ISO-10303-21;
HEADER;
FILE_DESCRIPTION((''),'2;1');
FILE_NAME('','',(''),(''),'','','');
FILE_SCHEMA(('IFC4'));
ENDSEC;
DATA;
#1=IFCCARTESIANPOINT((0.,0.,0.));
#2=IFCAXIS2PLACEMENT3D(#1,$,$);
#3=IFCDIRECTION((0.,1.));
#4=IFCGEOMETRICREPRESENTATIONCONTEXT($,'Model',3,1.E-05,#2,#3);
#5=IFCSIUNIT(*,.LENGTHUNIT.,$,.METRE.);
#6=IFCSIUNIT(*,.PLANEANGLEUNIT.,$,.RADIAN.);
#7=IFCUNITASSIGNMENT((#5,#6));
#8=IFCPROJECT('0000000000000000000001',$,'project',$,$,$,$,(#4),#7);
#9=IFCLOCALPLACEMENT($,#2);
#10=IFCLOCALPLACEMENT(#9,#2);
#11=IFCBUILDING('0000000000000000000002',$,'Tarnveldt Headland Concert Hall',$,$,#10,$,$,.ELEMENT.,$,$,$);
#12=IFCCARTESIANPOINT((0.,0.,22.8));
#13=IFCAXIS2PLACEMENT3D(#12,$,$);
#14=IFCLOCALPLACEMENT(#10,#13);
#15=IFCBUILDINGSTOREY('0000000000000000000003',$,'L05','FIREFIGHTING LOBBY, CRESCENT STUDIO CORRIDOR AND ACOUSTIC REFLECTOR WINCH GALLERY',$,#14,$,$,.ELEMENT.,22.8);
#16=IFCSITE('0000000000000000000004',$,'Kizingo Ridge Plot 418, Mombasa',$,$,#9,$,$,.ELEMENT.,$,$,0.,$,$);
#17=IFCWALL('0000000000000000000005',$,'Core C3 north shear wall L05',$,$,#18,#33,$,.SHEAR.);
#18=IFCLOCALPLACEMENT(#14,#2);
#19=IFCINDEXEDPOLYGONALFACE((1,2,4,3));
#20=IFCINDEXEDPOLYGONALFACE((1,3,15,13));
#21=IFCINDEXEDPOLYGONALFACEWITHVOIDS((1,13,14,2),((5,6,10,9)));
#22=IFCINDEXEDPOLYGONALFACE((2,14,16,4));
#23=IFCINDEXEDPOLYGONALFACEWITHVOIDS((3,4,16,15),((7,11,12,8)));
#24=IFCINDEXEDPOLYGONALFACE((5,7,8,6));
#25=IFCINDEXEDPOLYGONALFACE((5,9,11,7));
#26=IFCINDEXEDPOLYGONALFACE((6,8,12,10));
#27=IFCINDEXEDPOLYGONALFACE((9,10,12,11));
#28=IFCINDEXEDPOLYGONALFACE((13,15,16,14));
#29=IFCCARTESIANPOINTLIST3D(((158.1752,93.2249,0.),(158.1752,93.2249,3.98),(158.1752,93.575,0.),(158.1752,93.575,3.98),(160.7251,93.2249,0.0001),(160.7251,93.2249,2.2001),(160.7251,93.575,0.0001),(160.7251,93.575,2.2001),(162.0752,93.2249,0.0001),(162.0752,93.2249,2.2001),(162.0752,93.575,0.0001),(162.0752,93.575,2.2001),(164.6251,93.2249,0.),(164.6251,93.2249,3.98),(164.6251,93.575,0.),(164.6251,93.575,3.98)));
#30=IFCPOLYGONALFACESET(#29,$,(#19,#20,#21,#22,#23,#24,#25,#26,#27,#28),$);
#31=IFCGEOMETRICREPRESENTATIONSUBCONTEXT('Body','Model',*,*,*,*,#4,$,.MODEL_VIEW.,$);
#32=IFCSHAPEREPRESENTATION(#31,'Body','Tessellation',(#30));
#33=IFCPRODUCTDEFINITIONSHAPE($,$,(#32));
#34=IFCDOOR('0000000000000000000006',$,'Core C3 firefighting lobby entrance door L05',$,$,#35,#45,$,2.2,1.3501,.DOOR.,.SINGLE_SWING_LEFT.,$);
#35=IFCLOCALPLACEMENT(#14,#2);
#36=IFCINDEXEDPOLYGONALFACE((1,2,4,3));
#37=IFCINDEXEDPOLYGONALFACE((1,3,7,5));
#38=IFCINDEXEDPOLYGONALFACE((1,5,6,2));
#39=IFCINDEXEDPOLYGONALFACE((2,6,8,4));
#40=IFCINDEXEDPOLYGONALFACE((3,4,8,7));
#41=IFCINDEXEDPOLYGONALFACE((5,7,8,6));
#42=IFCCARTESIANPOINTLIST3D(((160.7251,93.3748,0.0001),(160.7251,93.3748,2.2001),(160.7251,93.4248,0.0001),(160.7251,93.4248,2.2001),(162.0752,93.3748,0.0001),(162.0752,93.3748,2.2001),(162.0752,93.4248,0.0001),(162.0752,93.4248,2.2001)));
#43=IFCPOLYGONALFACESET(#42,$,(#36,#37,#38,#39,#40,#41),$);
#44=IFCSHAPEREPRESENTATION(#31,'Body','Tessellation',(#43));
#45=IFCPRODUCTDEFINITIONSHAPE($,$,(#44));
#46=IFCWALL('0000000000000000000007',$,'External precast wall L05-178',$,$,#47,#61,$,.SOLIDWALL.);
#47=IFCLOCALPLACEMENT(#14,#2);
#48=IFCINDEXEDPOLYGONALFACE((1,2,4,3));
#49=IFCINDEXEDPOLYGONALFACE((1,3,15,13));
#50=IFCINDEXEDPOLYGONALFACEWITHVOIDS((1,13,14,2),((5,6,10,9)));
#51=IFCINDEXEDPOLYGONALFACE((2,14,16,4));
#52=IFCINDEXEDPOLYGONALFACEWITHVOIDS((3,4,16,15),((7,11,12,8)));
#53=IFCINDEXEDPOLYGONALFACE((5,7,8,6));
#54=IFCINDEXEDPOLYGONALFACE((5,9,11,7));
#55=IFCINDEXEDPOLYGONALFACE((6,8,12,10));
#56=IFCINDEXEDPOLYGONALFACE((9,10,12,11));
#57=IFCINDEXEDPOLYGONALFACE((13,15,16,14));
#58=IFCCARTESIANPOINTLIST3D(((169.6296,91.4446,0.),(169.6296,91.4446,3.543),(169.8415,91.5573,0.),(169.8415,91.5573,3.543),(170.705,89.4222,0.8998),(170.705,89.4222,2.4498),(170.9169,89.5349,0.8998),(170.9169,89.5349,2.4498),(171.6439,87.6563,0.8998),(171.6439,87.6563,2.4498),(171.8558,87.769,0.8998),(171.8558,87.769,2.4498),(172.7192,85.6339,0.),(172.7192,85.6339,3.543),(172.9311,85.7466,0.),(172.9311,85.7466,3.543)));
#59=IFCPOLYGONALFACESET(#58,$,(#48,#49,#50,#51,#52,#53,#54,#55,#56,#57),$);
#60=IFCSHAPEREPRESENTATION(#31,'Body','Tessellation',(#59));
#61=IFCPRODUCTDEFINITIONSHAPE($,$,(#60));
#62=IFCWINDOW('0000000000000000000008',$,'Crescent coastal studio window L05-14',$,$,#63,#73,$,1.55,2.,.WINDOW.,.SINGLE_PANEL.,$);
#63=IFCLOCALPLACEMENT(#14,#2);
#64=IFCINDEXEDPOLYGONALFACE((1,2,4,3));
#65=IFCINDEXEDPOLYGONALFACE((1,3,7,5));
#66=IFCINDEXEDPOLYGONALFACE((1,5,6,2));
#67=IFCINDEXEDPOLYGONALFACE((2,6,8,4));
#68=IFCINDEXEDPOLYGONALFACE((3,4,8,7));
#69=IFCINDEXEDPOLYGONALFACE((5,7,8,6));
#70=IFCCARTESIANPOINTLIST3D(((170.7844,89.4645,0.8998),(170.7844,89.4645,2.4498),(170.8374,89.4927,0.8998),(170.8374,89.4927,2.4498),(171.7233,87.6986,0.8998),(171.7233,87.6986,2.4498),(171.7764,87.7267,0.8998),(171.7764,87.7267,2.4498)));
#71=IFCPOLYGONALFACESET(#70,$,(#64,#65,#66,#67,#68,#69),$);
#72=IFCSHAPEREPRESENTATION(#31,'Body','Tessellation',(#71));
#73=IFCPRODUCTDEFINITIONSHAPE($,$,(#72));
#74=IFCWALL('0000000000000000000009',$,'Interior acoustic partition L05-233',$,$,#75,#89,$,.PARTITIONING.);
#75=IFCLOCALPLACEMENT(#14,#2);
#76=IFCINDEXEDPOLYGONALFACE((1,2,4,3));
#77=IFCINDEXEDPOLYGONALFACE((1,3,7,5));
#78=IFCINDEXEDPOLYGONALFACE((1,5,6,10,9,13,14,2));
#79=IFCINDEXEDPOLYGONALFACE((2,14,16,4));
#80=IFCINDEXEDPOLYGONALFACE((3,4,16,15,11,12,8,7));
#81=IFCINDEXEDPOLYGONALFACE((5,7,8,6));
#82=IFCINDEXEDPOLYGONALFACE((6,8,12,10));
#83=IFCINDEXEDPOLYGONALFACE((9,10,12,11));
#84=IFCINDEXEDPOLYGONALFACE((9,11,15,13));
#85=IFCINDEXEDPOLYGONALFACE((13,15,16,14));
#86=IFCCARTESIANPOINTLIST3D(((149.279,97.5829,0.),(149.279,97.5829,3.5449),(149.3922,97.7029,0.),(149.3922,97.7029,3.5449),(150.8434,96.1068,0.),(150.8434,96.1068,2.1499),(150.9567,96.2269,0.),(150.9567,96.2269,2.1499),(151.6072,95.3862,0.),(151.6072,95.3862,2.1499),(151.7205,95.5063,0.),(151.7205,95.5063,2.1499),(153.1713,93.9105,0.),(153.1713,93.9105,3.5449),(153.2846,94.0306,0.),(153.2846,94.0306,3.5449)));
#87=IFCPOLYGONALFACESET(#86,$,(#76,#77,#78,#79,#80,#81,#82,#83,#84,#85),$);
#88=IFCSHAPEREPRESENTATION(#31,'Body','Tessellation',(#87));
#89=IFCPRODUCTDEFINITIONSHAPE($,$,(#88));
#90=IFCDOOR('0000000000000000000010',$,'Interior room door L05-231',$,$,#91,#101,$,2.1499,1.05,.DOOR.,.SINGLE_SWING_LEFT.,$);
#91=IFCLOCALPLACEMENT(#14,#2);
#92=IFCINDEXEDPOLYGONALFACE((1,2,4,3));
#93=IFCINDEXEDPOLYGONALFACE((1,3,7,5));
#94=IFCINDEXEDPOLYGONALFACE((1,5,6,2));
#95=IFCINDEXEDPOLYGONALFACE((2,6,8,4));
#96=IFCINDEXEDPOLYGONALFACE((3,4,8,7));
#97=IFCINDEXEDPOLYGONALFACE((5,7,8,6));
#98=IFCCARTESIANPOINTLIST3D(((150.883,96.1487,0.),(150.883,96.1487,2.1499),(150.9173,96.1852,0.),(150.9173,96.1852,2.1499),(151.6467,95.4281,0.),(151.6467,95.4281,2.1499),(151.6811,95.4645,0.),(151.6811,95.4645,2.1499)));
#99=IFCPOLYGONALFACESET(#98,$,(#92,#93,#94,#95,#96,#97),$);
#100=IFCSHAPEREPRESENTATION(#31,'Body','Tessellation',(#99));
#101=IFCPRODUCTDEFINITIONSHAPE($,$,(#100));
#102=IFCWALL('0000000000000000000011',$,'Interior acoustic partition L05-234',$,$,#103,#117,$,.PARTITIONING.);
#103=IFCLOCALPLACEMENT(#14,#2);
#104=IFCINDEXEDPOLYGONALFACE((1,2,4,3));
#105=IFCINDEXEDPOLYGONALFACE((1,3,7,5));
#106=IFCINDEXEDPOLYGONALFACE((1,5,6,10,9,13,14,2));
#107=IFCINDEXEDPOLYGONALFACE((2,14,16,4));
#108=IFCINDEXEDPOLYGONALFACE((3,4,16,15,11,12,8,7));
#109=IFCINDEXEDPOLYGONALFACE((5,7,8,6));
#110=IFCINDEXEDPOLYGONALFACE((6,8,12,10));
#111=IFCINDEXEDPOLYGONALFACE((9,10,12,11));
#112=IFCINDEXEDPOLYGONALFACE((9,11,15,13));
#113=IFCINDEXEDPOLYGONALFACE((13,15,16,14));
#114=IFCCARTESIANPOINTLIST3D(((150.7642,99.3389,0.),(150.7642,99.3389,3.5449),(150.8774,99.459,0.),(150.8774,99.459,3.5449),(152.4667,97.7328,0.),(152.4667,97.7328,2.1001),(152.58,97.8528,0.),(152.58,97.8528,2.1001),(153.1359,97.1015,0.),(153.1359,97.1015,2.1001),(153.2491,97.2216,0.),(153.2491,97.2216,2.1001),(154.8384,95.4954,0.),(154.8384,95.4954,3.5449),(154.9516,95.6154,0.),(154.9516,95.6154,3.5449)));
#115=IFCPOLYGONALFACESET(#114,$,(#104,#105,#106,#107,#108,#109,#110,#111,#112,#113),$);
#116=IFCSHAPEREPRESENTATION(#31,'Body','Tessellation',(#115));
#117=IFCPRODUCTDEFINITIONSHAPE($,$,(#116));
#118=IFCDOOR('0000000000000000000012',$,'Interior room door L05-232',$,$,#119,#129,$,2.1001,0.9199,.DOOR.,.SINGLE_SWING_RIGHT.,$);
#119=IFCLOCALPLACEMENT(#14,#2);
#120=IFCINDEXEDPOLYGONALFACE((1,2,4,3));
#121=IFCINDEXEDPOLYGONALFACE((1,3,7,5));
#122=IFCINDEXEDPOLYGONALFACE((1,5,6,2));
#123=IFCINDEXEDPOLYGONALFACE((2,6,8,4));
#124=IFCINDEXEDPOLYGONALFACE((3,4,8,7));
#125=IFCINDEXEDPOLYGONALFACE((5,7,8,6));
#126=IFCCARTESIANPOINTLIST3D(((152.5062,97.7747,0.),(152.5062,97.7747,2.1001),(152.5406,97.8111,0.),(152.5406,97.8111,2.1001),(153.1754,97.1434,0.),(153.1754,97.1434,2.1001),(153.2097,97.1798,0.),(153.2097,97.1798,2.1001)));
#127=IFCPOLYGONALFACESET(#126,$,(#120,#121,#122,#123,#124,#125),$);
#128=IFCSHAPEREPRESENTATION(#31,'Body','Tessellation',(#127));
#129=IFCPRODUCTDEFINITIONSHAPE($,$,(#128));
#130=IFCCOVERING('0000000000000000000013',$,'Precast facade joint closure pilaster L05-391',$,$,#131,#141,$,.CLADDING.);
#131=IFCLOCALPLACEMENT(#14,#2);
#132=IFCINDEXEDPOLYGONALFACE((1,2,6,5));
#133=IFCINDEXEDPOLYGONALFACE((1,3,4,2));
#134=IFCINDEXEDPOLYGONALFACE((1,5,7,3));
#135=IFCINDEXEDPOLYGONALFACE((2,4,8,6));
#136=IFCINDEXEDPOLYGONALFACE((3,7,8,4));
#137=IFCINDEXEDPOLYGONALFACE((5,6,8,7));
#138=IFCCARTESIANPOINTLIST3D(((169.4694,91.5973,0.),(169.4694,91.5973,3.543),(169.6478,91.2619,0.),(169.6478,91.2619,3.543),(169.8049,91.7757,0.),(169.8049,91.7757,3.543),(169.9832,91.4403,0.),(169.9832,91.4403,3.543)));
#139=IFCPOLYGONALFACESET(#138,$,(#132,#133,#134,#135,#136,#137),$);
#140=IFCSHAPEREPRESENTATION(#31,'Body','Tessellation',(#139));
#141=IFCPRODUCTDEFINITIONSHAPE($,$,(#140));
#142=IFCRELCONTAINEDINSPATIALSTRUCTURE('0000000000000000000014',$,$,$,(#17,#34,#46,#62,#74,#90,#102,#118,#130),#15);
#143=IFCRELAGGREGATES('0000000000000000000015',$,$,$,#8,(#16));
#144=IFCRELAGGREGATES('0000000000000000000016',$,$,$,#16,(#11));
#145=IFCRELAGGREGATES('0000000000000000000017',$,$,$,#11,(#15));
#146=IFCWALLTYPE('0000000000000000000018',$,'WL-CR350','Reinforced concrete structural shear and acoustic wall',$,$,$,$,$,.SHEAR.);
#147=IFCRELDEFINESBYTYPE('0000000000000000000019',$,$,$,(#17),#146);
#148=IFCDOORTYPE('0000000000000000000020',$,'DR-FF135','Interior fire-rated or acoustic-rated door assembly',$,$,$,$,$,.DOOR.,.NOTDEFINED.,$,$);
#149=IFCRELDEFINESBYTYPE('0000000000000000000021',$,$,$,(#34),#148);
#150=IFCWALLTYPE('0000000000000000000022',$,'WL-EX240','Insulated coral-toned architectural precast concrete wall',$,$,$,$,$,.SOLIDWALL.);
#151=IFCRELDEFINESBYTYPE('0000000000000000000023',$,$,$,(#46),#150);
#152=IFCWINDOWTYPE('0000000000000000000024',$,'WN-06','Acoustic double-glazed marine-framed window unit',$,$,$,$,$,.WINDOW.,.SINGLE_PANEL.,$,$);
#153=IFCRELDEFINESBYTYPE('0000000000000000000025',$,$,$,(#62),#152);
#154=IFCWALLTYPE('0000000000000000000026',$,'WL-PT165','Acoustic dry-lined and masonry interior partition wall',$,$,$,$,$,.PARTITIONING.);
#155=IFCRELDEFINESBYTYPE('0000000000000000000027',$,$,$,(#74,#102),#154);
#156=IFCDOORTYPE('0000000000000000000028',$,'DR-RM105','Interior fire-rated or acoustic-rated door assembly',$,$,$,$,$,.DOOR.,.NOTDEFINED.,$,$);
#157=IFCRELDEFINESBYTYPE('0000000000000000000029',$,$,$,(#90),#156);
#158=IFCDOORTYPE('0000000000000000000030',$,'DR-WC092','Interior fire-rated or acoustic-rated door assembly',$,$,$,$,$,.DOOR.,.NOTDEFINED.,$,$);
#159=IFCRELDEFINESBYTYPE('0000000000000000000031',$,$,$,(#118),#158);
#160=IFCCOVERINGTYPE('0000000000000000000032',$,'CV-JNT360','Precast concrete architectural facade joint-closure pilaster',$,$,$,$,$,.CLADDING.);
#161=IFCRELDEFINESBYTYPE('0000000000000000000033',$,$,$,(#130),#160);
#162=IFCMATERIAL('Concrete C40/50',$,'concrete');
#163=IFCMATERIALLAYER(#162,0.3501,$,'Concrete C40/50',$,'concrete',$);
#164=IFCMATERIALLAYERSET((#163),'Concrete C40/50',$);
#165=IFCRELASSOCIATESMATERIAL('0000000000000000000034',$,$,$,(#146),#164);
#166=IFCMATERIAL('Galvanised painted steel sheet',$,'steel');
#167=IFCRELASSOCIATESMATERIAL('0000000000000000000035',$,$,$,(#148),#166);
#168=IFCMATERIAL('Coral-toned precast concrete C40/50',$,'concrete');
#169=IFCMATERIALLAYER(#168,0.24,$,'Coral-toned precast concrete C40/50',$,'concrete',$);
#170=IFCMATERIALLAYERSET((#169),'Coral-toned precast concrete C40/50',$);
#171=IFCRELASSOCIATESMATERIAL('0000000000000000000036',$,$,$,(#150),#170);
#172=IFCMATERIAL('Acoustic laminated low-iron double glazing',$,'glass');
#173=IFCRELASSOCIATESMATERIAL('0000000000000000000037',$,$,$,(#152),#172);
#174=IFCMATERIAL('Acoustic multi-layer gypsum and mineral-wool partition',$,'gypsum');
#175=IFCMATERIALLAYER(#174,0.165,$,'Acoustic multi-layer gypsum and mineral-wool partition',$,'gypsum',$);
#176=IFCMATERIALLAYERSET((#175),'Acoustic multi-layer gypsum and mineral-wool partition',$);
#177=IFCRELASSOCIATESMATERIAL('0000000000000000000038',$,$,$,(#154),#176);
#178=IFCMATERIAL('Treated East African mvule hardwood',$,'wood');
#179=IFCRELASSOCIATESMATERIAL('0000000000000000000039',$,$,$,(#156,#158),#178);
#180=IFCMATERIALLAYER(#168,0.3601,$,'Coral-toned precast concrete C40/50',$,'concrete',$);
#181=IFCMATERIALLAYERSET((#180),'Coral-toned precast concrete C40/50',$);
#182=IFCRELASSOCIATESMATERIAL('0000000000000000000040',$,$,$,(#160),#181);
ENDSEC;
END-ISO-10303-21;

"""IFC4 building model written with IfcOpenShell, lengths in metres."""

from ifc_helpers import new_model, si_unit, direction, frame, frame_2d, origin, origin_2d, place, context, subcontext, project, spatial, rectangle, extrude, material, layer, layer_set, type_object, element, fill, save


model = new_model("IFC4")

# Units and contexts
model_context = context("Model", 3, precision=1e-05, world=origin(), true_north=direction((0.0, 1.0)))
body_context = subcontext(model_context, "Body", "Model", "MODEL_VIEW")
ifc_project = project(units=[si_unit("LENGTHUNIT", "METRE"), si_unit("PLANEANGLEUNIT", "RADIAN")], contexts=[model_context])

# Site, building, storey
site_placement = place(None, origin())
site = spatial("IfcSite", under=ifc_project, at=site_placement, Name="Kizingo Ridge Plot 418, Mombasa", CompositionType="ELEMENT", RefElevation=0.0)
building_placement = place(site_placement, origin())
building = spatial("IfcBuilding", under=site, at=building_placement, Name="Tarnveldt Headland Concert Hall", CompositionType="ELEMENT")
storey_placement = place(building_placement, frame((0.0, 0.0, 22.8)))
storey = spatial("IfcBuildingStorey", under=building, at=storey_placement, Name="L05", Description="FIREFIGHTING LOBBY, CRESCENT STUDIO CORRIDOR AND ACOUSTIC REFLECTOR WINCH GALLERY", CompositionType="ELEMENT", Elevation=22.8)

# Shared definitions
ifc_material_1 = material(Name="Concrete C40/50", Category="concrete")

# Wall, opening, door
ifc_layer_1 = layer(ifc_material_1, 0.3501, Name="Concrete C40/50", Category="concrete")
ifc_layer_set_1 = layer_set([ifc_layer_1], Name="Concrete C40/50")
wall_type_1 = type_object("IfcWallType", Name="WL-CR350", Description="Reinforced concrete structural shear and acoustic wall", PredefinedType="SHEAR", material=ifc_layer_set_1)
wall_1_placement = place(storey_placement, frame((158.175, 93.3999, 0.0), z_axis=(0.0, 0.0, 1.0), x_axis=(1.0, 0.0, 0.0)))
wall_1 = element("IfcWall", 1, at=wall_1_placement, inside=storey, type_object=wall_type_1, Name="Core C3 north shear wall L05", PredefinedType="SHEAR", context=body_context, shape_type="SweptSolid", body=[
    extrude(rectangle(XDim=6.45, YDim=0.3501, at=frame_2d((3.2251, 0.0))), origin(), (0.0, 0.0, 1.0), 3.98),
])
opening_1_placement = place(wall_1_placement, frame((2.55, 0.0, 0.0)))
opening_1 = element("IfcOpeningElement", 2, at=opening_1_placement, cuts=wall_1, PredefinedType="OPENING", context=body_context, shape_type="SweptSolid", body=[
    extrude(rectangle(XDim=1.3501, YDim=2.2, at=frame_2d((0.675, 1.1001))), frame((0.0, 0.1851, 0.0), z_axis=(0.0, -1.0, 0.0), x_axis=(1.0, 0.0, 0.0)), (0.0, 0.0, 1.0), 0.3701),
])
ifc_material_2 = material(Name="Galvanised painted steel sheet", Category="steel")
door_type_1 = type_object("IfcDoorType", Name="DR-FF135", Description="Interior fire-rated or acoustic-rated door assembly", OperationType="NOTDEFINED", PredefinedType="DOOR", material=ifc_material_2)
door_1_placement = place(opening_1_placement, origin())
door_1 = element("IfcDoor", 3, at=door_1_placement, inside=storey, type_object=door_type_1, Name="Core C3 firefighting lobby entrance door L05", OperationType="SINGLE_SWING_LEFT", OverallHeight=2.2, OverallWidth=1.3501, PredefinedType="DOOR", context=body_context, shape_type="SweptSolid", body=[
    extrude(rectangle(XDim=1.3501, YDim=2.2, at=frame_2d((0.675, 1.1001))), frame((0.0, 0.0249, 0.0), z_axis=(0.0, -1.0, 0.0), x_axis=(1.0, 0.0, 0.0)), (0.0, 0.0, 1.0), 0.05),
])
fill(opening_1, door_1)

# Wall, opening, window
ifc_material_3 = material(Name="Coral-toned precast concrete C40/50", Category="concrete")
ifc_layer_2 = layer(ifc_material_3, 0.24, Name="Coral-toned precast concrete C40/50", Category="concrete")
ifc_layer_set_2 = layer_set([ifc_layer_2], Name="Coral-toned precast concrete C40/50")
wall_type_2 = type_object("IfcWallType", Name="WL-EX240", Description="Insulated coral-toned architectural precast concrete wall", PredefinedType="SOLIDWALL", material=ifc_layer_set_2)
wall_2_placement = place(storey_placement, frame((169.7356, 91.501, 0.0), z_axis=(0.0, 0.0, 1.0), x_axis=(0.469465, -0.882951, 0.0)))
wall_2 = element("IfcWall", 4, at=wall_2_placement, inside=storey, type_object=wall_type_2, Name="External precast wall L05-178", PredefinedType="SOLIDWALL", context=body_context, shape_type="SweptSolid", body=[
    extrude(rectangle(XDim=6.5811, YDim=0.24, at=frame_2d((3.2905, 0.0))), origin(), (0.0, 0.0, 1.0), 3.543),
])
opening_2_placement = place(wall_2_placement, frame((2.2905, 0.0, 0.8999)))
opening_2 = element("IfcOpeningElement", 5, at=opening_2_placement, cuts=wall_2, PredefinedType="OPENING", context=body_context, shape_type="SweptSolid", body=[
    extrude(rectangle(XDim=2.0, YDim=1.55, at=frame_2d((1.0, 0.7749))), frame((0.0, 0.1299, 0.0), z_axis=(0.0, -1.0, 0.0), x_axis=(1.0, 0.0, 0.0)), (0.0, 0.0, 1.0), 0.26),
])
ifc_material_4 = material(Name="Acoustic laminated low-iron double glazing", Category="glass")
window_type = type_object("IfcWindowType", Name="WN-06", Description="Acoustic double-glazed marine-framed window unit", PartitioningType="SINGLE_PANEL", PredefinedType="WINDOW", material=ifc_material_4)
window_placement = place(opening_2_placement, origin())
window = element("IfcWindow", 6, at=window_placement, inside=storey, type_object=window_type, Name="Crescent coastal studio window L05-14", OverallHeight=1.55, OverallWidth=2.0, PartitioningType="SINGLE_PANEL", PredefinedType="WINDOW", context=body_context, shape_type="SweptSolid", body=[
    extrude(rectangle(XDim=2.0, YDim=1.55, at=frame_2d((1.0, 0.7749))), frame((0.0, 0.03, 0.0), z_axis=(0.0, -1.0, 0.0), x_axis=(1.0, 0.0, 0.0)), (0.0, 0.0, 1.0), 0.0601),
])
fill(opening_2, window)

# Walls, openings, doors
ifc_material_5 = material(Name="Acoustic multi-layer gypsum and mineral-wool partition", Category="gypsum")
ifc_layer_3 = layer(ifc_material_5, 0.165, Name="Acoustic multi-layer gypsum and mineral-wool partition", Category="gypsum")
ifc_layer_set_3 = layer_set([ifc_layer_3], Name="Acoustic multi-layer gypsum and mineral-wool partition")
wall_type_3 = type_object("IfcWallType", Name="WL-PT165", Description="Acoustic dry-lined and masonry interior partition wall", PredefinedType="PARTITIONING", material=ifc_layer_set_3)
wall_3_placement = place(storey_placement, frame((153.228, 93.9705, 0.0), z_axis=(0.0, 0.0, 1.0), x_axis=(-0.727361, 0.686255, 0.0)))
wall_3 = element("IfcWall", 7, at=wall_3_placement, inside=storey, type_object=wall_type_3, Name="Interior acoustic partition L05-233", PredefinedType="PARTITIONING", context=body_context, shape_type="SweptSolid", body=[
    extrude(rectangle(XDim=5.3513, YDim=0.165, at=frame_2d((2.6758, 0.0))), origin(), (0.0, 0.0, 1.0), 3.5449),
])
opening_3_placement = place(wall_3_placement, frame((2.1506, 0.0, 0.0)))
opening_3 = element("IfcOpeningElement", 8, at=opening_3_placement, cuts=wall_3, PredefinedType="OPENING", context=body_context, shape_type="SweptSolid", body=[
    extrude(rectangle(XDim=1.05, YDim=2.1499, at=frame_2d((0.5249, 1.075))), frame((0.0, 0.0925, 0.0), z_axis=(0.0, -1.0, 0.0), x_axis=(1.0, 0.0, 0.0)), (0.0, 0.0, 1.0), 0.1851),
])
ifc_material_6 = material(Name="Treated East African mvule hardwood", Category="wood")
door_type_2 = type_object("IfcDoorType", Name="DR-RM105", Description="Interior fire-rated or acoustic-rated door assembly", OperationType="NOTDEFINED", PredefinedType="DOOR", material=ifc_material_6)
door_2_placement = place(opening_3_placement, origin())
door_2 = element("IfcDoor", 9, at=door_2_placement, inside=storey, type_object=door_type_2, Name="Interior room door L05-231", OperationType="SINGLE_SWING_LEFT", OverallHeight=2.1499, OverallWidth=1.05, PredefinedType="DOOR", context=body_context, shape_type="SweptSolid", body=[
    extrude(rectangle(XDim=1.05, YDim=2.1499, at=frame_2d((0.5249, 1.075))), frame((0.0, 0.0249, 0.0), z_axis=(0.0, -1.0, 0.0), x_axis=(1.0, 0.0, 0.0)), (0.0, 0.0, 1.0), 0.05),
])
fill(opening_3, door_2)
wall_4_placement = place(storey_placement, frame((154.895, 95.5554, 0.0), z_axis=(0.0, 0.0, 1.0), x_axis=(-0.727402, 0.686211, 0.0)))
wall_4 = element("IfcWall", 10, at=wall_4_placement, inside=storey, type_object=wall_type_3, Name="Interior acoustic partition L05-234", PredefinedType="PARTITIONING", context=body_context, shape_type="SweptSolid", body=[
    extrude(rectangle(XDim=5.6011, YDim=0.165, at=frame_2d((2.8005, 0.0))), origin(), (0.0, 0.0, 1.0), 3.5449),
])
opening_4_placement = place(wall_4_placement, frame((2.3406, 0.0, 0.0)))
opening_4 = element("IfcOpeningElement", 11, at=opening_4_placement, cuts=wall_4, PredefinedType="OPENING", context=body_context, shape_type="SweptSolid", body=[
    extrude(rectangle(XDim=0.9199, YDim=2.1001, at=frame_2d((0.46, 1.05))), frame((0.0, 0.0925, 0.0), z_axis=(0.0, -1.0, 0.0), x_axis=(1.0, 0.0, 0.0)), (0.0, 0.0, 1.0), 0.1851),
])
door_type_3 = type_object("IfcDoorType", Name="DR-WC092", Description="Interior fire-rated or acoustic-rated door assembly", OperationType="NOTDEFINED", PredefinedType="DOOR", material=ifc_material_6)
door_3_placement = place(opening_4_placement, origin())
door_3 = element("IfcDoor", 12, at=door_3_placement, inside=storey, type_object=door_type_3, Name="Interior room door L05-232", OperationType="SINGLE_SWING_RIGHT", OverallHeight=2.1001, OverallWidth=0.9199, PredefinedType="DOOR", context=body_context, shape_type="SweptSolid", body=[
    extrude(rectangle(XDim=0.9199, YDim=2.1001, at=frame_2d((0.46, 1.05))), frame((0.0, 0.0249, 0.0), z_axis=(0.0, -1.0, 0.0), x_axis=(1.0, 0.0, 0.0)), (0.0, 0.0, 1.0), 0.05),
])
fill(opening_4, door_3)

# Covering
ifc_layer_4 = layer(ifc_material_3, 0.3601, Name="Coral-toned precast concrete C40/50", Category="concrete")
ifc_layer_set_4 = layer_set([ifc_layer_4], Name="Coral-toned precast concrete C40/50")
covering_type = type_object("IfcCoveringType", Name="CV-JNT360", Description="Precast concrete architectural facade joint-closure pilaster", PredefinedType="CLADDING", material=ifc_layer_set_4)
covering_placement = place(storey_placement, frame((169.7263, 91.5188, 0.0), z_axis=(0.0, 0.0, 1.0), x_axis=(0.469472, -0.882948, 0.0)))
element("IfcCovering", 13, at=covering_placement, inside=storey, type_object=covering_type, Name="Precast facade joint closure pilaster L05-391", PredefinedType="CLADDING", context=body_context, shape_type="SweptSolid", body=[
    extrude(rectangle(XDim=0.3799, YDim=0.3799, at=origin_2d()), origin(), (0.0, 0.0, 1.0), 3.543),
])

save(model, "model.ifc")
